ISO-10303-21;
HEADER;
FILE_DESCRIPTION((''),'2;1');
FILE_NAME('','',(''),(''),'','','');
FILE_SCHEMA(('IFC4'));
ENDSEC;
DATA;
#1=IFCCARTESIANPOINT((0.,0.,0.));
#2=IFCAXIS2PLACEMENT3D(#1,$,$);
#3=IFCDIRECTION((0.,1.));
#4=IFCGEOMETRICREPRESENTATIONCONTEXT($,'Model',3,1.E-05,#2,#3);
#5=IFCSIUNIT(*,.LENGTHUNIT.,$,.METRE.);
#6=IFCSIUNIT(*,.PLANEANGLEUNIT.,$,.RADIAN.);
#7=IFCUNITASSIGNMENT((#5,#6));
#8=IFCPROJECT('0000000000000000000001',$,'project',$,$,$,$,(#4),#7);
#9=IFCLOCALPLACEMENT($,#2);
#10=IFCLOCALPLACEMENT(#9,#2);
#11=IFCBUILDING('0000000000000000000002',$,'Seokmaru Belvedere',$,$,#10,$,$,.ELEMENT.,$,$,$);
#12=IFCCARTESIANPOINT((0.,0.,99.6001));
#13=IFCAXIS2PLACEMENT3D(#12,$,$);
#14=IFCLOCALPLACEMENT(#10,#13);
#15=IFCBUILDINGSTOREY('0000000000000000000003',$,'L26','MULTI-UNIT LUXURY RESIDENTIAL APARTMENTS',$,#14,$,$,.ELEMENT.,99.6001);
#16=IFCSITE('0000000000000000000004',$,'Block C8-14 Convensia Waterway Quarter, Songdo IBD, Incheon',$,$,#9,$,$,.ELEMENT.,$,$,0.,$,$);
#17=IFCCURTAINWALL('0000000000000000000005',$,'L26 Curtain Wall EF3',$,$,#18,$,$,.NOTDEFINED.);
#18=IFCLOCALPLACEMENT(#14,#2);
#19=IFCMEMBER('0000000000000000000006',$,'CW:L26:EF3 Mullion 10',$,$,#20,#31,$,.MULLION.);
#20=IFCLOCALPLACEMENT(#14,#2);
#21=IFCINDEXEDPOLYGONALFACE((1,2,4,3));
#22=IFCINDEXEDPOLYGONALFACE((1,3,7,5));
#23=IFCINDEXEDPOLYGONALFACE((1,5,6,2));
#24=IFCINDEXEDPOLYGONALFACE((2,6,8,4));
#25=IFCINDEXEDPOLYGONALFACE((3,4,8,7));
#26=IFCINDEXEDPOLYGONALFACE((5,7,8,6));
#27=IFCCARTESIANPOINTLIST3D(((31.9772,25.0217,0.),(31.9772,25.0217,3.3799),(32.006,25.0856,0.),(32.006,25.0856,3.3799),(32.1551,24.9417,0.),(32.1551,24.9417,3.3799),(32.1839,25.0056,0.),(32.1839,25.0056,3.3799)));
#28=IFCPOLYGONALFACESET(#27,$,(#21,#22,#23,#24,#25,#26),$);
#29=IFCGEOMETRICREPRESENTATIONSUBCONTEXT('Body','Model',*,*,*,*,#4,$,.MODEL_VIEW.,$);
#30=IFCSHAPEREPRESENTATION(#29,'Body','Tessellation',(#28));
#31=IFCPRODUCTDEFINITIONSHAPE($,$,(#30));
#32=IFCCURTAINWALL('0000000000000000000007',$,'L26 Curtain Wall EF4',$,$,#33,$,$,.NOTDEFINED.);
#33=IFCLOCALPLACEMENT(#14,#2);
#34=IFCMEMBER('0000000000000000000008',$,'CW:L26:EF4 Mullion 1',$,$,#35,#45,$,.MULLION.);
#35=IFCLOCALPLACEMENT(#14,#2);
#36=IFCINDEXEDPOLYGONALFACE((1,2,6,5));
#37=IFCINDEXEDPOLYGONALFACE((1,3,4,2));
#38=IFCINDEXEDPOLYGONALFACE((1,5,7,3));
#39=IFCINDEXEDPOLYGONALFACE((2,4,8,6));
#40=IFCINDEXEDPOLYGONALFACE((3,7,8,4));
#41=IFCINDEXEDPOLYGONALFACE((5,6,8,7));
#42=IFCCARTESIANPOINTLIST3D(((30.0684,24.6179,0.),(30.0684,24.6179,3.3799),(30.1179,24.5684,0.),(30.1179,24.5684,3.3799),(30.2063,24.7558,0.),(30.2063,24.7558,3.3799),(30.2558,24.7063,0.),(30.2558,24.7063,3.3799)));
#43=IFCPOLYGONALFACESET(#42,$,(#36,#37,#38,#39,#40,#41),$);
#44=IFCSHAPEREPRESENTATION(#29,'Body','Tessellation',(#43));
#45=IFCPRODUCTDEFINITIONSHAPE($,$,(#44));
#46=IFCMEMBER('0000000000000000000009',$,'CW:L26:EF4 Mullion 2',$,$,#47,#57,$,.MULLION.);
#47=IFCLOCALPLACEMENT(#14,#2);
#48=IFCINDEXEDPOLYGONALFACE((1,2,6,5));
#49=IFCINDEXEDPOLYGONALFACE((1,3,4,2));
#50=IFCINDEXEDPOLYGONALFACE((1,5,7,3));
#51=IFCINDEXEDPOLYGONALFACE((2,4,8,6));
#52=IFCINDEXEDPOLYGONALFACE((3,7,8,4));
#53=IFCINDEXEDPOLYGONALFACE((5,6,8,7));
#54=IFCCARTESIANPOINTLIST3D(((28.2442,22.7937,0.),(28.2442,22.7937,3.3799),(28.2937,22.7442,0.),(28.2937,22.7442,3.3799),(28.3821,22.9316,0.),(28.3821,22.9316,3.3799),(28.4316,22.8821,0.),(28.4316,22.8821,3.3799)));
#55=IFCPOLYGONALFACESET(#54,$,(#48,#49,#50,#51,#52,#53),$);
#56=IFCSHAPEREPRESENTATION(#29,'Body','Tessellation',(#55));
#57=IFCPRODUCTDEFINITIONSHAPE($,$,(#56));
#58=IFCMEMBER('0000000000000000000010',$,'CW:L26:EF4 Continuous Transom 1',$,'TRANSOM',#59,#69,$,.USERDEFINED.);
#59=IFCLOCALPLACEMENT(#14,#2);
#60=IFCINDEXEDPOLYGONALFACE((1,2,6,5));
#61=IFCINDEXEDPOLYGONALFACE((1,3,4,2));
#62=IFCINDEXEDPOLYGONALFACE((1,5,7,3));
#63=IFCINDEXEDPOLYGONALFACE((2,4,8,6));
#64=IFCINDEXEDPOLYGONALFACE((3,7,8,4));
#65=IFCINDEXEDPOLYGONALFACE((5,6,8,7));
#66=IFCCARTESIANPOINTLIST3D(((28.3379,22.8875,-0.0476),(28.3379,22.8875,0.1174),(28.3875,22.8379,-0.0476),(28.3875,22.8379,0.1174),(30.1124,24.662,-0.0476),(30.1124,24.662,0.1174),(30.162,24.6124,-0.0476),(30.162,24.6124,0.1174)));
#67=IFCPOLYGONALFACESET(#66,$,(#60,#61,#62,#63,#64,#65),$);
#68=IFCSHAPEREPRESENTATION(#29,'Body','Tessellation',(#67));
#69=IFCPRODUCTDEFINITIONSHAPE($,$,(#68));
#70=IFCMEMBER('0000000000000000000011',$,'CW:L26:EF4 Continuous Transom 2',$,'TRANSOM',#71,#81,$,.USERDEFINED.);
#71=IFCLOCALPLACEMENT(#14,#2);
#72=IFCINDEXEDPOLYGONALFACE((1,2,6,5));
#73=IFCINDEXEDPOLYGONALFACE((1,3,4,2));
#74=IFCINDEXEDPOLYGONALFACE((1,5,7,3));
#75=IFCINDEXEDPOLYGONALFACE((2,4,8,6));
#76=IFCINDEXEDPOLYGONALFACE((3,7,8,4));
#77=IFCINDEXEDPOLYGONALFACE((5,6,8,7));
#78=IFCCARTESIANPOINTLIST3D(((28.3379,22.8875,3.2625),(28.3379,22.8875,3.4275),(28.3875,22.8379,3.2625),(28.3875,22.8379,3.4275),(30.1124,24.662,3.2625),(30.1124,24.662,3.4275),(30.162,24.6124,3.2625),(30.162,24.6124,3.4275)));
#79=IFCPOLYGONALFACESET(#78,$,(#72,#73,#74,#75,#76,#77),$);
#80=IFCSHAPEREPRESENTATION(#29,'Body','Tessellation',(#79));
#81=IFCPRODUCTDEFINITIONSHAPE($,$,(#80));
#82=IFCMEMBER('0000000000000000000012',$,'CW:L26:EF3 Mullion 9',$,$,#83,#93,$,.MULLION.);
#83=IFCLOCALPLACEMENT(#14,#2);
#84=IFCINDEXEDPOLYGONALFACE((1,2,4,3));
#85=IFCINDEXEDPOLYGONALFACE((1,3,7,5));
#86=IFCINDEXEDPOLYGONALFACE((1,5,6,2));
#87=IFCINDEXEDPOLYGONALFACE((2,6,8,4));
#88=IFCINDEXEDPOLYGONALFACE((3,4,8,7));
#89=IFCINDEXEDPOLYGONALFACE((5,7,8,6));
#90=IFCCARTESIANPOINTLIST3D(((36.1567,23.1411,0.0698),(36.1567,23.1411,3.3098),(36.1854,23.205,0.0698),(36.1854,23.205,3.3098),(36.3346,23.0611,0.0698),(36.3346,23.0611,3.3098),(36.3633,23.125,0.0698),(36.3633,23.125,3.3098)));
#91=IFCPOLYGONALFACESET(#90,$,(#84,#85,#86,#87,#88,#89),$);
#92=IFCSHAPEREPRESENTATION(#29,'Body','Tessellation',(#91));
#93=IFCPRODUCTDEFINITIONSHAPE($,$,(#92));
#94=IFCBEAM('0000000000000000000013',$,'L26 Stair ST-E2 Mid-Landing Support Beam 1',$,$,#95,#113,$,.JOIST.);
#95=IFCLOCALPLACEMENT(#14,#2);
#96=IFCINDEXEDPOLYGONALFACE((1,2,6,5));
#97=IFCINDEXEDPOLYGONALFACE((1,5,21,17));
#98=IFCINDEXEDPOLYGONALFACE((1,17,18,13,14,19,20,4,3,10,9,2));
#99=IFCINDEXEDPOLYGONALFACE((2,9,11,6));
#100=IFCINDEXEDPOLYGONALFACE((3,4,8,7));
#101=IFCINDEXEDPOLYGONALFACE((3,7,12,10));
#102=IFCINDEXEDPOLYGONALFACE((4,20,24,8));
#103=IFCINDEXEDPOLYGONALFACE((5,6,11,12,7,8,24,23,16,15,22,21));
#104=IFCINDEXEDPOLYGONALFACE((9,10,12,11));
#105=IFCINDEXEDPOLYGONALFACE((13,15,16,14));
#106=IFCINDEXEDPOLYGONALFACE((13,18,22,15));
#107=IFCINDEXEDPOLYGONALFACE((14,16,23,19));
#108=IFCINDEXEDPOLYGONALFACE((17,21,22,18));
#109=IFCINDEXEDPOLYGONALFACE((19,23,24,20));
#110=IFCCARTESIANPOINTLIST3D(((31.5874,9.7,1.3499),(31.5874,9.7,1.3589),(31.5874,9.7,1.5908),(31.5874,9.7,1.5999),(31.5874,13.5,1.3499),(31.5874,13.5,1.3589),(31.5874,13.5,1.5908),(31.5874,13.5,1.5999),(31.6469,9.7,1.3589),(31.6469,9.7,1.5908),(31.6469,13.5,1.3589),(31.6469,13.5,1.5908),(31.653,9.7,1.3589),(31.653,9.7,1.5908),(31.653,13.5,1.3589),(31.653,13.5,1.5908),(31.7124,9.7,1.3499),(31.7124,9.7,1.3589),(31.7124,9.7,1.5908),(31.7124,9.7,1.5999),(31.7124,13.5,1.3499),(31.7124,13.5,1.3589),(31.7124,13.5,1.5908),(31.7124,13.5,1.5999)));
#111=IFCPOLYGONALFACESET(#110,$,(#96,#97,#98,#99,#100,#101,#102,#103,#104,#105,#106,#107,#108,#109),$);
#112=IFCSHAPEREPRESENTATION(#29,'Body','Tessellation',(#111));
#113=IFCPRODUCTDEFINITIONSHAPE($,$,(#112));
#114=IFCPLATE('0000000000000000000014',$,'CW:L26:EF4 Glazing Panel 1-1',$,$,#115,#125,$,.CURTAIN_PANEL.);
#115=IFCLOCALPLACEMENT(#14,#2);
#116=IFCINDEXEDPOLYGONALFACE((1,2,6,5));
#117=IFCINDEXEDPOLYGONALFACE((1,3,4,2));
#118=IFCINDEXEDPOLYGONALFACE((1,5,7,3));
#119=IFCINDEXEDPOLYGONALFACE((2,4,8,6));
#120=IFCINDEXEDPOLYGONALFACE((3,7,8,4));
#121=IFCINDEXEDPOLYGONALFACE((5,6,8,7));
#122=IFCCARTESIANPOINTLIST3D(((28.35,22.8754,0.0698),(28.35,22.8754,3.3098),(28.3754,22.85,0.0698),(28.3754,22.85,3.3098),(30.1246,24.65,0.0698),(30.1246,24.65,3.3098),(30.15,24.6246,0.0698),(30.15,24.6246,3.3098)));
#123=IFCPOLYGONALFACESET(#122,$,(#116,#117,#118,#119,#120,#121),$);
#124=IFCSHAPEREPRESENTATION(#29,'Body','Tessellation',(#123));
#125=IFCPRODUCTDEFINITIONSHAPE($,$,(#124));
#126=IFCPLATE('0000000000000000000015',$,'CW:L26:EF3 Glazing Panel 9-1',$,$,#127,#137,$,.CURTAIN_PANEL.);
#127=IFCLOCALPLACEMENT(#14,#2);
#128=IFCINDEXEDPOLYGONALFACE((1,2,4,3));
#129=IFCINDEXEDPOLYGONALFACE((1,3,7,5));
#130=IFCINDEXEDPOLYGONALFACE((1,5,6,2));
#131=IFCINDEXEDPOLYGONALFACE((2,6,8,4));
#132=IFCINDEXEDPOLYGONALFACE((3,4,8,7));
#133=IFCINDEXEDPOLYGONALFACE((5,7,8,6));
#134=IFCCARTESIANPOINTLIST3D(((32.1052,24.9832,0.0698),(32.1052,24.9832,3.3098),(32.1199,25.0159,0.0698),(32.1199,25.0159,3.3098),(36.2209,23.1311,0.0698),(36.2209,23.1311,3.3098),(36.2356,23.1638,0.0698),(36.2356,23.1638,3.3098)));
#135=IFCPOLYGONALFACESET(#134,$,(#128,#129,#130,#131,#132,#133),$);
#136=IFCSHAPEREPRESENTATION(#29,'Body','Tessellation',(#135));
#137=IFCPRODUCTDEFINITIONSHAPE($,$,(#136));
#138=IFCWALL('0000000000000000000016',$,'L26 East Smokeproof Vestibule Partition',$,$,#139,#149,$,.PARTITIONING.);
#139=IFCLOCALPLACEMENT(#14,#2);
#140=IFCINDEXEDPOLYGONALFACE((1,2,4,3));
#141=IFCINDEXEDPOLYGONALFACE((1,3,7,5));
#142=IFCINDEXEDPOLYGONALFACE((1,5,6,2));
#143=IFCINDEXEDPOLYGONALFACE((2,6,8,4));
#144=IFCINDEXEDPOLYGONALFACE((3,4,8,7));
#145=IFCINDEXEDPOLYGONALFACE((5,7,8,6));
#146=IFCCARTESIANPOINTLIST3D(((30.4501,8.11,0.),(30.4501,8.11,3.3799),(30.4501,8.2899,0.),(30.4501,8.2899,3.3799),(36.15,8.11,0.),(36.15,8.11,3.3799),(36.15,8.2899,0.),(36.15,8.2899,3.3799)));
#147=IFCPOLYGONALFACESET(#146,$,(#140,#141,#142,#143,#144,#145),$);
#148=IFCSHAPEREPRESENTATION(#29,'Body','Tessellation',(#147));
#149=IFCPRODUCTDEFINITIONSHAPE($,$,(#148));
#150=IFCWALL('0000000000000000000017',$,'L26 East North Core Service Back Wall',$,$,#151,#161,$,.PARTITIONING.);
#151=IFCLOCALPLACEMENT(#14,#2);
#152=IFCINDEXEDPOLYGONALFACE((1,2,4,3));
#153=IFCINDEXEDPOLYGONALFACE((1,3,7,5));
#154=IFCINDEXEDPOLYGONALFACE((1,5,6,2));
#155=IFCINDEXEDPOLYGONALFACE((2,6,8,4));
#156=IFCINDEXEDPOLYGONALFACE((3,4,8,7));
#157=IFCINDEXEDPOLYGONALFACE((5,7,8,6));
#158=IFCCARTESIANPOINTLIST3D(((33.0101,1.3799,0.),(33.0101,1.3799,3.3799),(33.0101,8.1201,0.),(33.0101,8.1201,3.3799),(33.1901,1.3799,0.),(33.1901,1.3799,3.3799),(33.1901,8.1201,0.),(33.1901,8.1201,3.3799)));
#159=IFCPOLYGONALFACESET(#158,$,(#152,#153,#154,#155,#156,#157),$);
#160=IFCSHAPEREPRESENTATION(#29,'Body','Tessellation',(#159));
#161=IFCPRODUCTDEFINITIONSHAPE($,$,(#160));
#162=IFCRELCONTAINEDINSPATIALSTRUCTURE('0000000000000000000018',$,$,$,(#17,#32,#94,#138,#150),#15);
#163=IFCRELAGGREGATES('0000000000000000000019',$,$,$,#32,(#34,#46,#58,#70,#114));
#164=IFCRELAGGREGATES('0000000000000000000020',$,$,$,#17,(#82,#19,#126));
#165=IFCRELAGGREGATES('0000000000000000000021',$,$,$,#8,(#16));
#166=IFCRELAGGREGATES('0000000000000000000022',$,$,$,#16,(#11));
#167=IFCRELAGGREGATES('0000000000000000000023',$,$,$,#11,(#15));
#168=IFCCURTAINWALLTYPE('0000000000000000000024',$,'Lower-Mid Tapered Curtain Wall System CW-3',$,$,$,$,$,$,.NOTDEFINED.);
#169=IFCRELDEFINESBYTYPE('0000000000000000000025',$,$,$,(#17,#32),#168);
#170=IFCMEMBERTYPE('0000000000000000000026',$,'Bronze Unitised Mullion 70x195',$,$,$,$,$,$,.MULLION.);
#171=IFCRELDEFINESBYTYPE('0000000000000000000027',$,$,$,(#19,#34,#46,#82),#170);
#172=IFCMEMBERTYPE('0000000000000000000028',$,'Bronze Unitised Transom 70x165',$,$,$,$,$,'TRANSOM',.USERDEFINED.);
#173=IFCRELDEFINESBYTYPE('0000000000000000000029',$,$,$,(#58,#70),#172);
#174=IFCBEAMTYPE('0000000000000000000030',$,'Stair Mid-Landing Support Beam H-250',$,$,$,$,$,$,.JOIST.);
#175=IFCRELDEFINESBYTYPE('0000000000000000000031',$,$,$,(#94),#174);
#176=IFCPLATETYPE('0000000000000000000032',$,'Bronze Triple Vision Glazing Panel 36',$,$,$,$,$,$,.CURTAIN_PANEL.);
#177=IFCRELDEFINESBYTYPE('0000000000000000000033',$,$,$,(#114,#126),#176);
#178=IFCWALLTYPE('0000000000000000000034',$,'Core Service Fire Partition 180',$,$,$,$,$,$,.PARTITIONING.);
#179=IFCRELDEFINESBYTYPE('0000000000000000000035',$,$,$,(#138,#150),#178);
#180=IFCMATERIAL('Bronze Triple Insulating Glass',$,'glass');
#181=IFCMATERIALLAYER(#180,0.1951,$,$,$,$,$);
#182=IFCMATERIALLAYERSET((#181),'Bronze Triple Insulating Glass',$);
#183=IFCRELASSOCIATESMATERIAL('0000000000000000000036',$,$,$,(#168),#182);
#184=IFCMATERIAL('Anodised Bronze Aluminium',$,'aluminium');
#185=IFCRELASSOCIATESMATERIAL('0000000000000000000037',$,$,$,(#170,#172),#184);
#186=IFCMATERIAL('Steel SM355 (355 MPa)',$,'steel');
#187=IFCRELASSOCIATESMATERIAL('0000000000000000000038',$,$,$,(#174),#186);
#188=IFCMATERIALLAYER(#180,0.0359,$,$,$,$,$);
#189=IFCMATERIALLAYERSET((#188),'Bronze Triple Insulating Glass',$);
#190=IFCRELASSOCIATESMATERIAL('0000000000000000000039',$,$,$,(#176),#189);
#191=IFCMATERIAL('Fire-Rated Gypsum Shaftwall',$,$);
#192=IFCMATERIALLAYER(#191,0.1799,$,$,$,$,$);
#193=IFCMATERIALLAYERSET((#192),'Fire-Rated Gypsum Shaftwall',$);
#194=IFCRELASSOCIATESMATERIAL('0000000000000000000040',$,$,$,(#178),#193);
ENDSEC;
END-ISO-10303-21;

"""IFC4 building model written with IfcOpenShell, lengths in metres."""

from ifc_helpers import new_model, si_unit, direction, frame, frame_2d, origin, origin_2d, place, context, subcontext, project, spatial, rectangle, i_section, extrude, source, transform, mapped, material, layer, layer_set, material_profile, profile_set, type_object, type_shapes, element, aggregate, save


model = new_model("IFC4")

# Units and contexts
model_context = context("Model", 3, precision=1e-05, world=origin(), true_north=direction((0.0, 1.0)))
body_context = subcontext(model_context, "Body", "Model", "MODEL_VIEW")
ifc_project = project(units=[si_unit("LENGTHUNIT", "METRE"), si_unit("PLANEANGLEUNIT", "RADIAN")], contexts=[model_context])

# Site, building, storey
site_placement = place(None, origin())
site = spatial("IfcSite", under=ifc_project, at=site_placement, Name="Block C8-14 Convensia Waterway Quarter, Songdo IBD, Incheon", CompositionType="ELEMENT", RefElevation=0.0)
building_placement = place(site_placement, origin())
building = spatial("IfcBuilding", under=site, at=building_placement, Name="Seokmaru Belvedere", CompositionType="ELEMENT")
storey_placement = place(building_placement, frame((0.0, 0.0, 99.6001)))
storey = spatial("IfcBuildingStorey", under=building, at=storey_placement, Name="L26", Description="MULTI-UNIT LUXURY RESIDENTIAL APARTMENTS", CompositionType="ELEMENT", Elevation=99.6001)

# Shared definitions
ifc_material_1 = material(Name="Steel SM355 (355 MPa)", Category="steel")

# Curtain wall, member
ifc_material_2 = material(Name="Bronze Triple Insulating Glass", Category="glass")
ifc_layer_1 = layer(ifc_material_2, 0.1951)
ifc_layer_set_1 = layer_set([ifc_layer_1], Name="Bronze Triple Insulating Glass")
curtain_wall_type = type_object("IfcCurtainWallType", Name="Lower-Mid Tapered Curtain Wall System CW-3", PredefinedType="NOTDEFINED", material=ifc_layer_set_1)
curtain_wall_1_placement = place(storey_placement, origin())
curtain_wall_1 = element("IfcCurtainWall", 1, at=curtain_wall_1_placement, inside=storey, type_object=curtain_wall_type, Name="L26 Curtain Wall EF3", PredefinedType="NOTDEFINED")
ifc_material_3 = material(Name="Anodised Bronze Aluminium", Category="aluminium")
ifc_material_profile_1 = material_profile(ifc_material_3, rectangle(XDim=0.0701, YDim=0.1951, at=origin_2d()), Name="CW-M-70x195")
ifc_profile_set_1 = profile_set([ifc_material_profile_1], Name="Anodised Bronze Aluminium")
member_type_1 = type_object("IfcMemberType", Name="Bronze Unitised Mullion 70x195", PredefinedType="MULLION", material=ifc_profile_set_1)
shared_shape_1 = source(origin(), body_context, "Body", "SweptSolid", [
    extrude(rectangle(XDim=0.0701, YDim=0.1951, at=origin_2d()), origin(), (0.0, 0.0, 1.0), 3.3799),
])
member_1_placement = place(storey_placement, frame((32.0806, 25.0137, 0.0), z_axis=(0.0, 0.0, 1.0), x_axis=(-0.410366, -0.911921, 0.0)))
member_1 = element("IfcMember", 2, at=member_1_placement, type_object=member_type_1, Name="CW:L26:EF3 Mullion 10", PredefinedType="MULLION", context=body_context, shape_type="MappedRepresentation", body=[
    mapped(shared_shape_1, transform((0.0, 0.0, 0.0), scale=1.0)),
])

# Curtain wall, members
curtain_wall_2_placement = place(storey_placement, origin())
curtain_wall_2 = element("IfcCurtainWall", 3, at=curtain_wall_2_placement, inside=storey, type_object=curtain_wall_type, Name="L26 Curtain Wall EF4", PredefinedType="NOTDEFINED")
member_2_placement = place(storey_placement, frame((30.1621, 24.6621, 0.0), z_axis=(0.0, 0.0, 1.0), x_axis=(0.707107, -0.707107, 0.0)))
member_2 = element("IfcMember", 4, at=member_2_placement, type_object=member_type_1, Name="CW:L26:EF4 Mullion 1", PredefinedType="MULLION", context=body_context, shape_type="MappedRepresentation", body=[
    mapped(shared_shape_1, transform((0.0, 0.0, 0.0), scale=1.0)),
])
member_3_placement = place(storey_placement, frame((28.3379, 22.8379, 0.0), z_axis=(0.0, 0.0, 1.0), x_axis=(0.707107, -0.707107, 0.0)))
member_3 = element("IfcMember", 5, at=member_3_placement, type_object=member_type_1, Name="CW:L26:EF4 Mullion 2", PredefinedType="MULLION", context=body_context, shape_type="MappedRepresentation", body=[
    mapped(shared_shape_1, transform((0.0, 0.0, 0.0), scale=1.0)),
])
ifc_material_profile_2 = material_profile(ifc_material_3, rectangle(XDim=0.0701, YDim=0.165, at=origin_2d()), Name="CW-T-70x165")
ifc_profile_set_2 = profile_set([ifc_material_profile_2], Name="Anodised Bronze Aluminium")
member_type_2 = type_object("IfcMemberType", Name="Bronze Unitised Transom 70x165", ElementType="TRANSOM", PredefinedType="USERDEFINED", material=ifc_profile_set_2)
shared_shape_2 = source(origin(), body_context, "Body", "SweptSolid", [
    extrude(rectangle(XDim=0.0701, YDim=0.165, at=origin_2d()), origin(), (0.0, 0.0, 1.0), 2.5095),
])
type_shapes(member_type_2, [shared_shape_2])
member_4_placement = place(storey_placement, frame((30.1372, 24.6372, 0.0349), z_axis=(-0.707107, -0.707107, 0.0), x_axis=(0.707107, -0.707107, 0.0)))
member_4 = element("IfcMember", 6, at=member_4_placement, type_object=member_type_2, Name="CW:L26:EF4 Continuous Transom 1", ObjectType="TRANSOM", PredefinedType="USERDEFINED", context=body_context, shape_type="MappedRepresentation", body=[
    mapped(shared_shape_2, transform((0.0, 0.0, 0.0), scale=1.0)),
])
member_5_placement = place(storey_placement, frame((30.1372, 24.6372, 3.345), z_axis=(-0.707107, -0.707107, 0.0), x_axis=(0.707107, -0.707107, 0.0)))
member_5 = element("IfcMember", 7, at=member_5_placement, type_object=member_type_2, Name="CW:L26:EF4 Continuous Transom 2", ObjectType="TRANSOM", PredefinedType="USERDEFINED", context=body_context, shape_type="MappedRepresentation", body=[
    mapped(shared_shape_2, transform((0.0, 0.0, 0.0), scale=1.0)),
])

# Member
shared_shape_3 = source(origin(), body_context, "Body", "SweptSolid", [
    extrude(rectangle(XDim=0.0701, YDim=0.1951, at=origin_2d()), origin(), (0.0, 0.0, 1.0), 3.24),
])
type_shapes(member_type_1, [shared_shape_1, shared_shape_3])
member_6_placement = place(storey_placement, frame((36.26, 23.1331, 0.0698), z_axis=(0.0, 0.0, 1.0), x_axis=(-0.410366, -0.911921, 0.0)))
member_6 = element("IfcMember", 8, at=member_6_placement, type_object=member_type_1, Name="CW:L26:EF3 Mullion 9", PredefinedType="MULLION", context=body_context, shape_type="MappedRepresentation", body=[
    mapped(shared_shape_3, transform((0.0, 0.0, 0.0), scale=1.0)),
])

# Beam
ifc_material_profile_3 = material_profile(ifc_material_1, i_section(OverallWidth=0.125, OverallDepth=0.25, WebThickness=0.0061, FlangeThickness=0.009, at=origin_2d()), Name="H-250x125x6x9")
ifc_profile_set_3 = profile_set([ifc_material_profile_3], Name="Steel SM355 (355 MPa)")
beam_type_1 = type_object("IfcBeamType", Name="Stair Mid-Landing Support Beam H-250", PredefinedType="JOIST", material=ifc_profile_set_3)
shared_shape_4 = source(origin(), body_context, "Body", "SweptSolid", [
    extrude(i_section(OverallWidth=0.125, OverallDepth=0.25, WebThickness=0.0061, FlangeThickness=0.009, at=origin_2d()), origin(), (0.0, 0.0, 1.0), 3.8),
])
type_shapes(beam_type_1, [shared_shape_4])
beam_1_placement = place(storey_placement, frame((31.6499, 9.7, 1.4749), z_axis=(0.0, 1.0, 0.0), x_axis=(-1.0, 0.0, 0.0)))
element("IfcBeam", 9, at=beam_1_placement, inside=storey, type_object=beam_type_1, Name="L26 Stair ST-E2 Mid-Landing Support Beam 1", PredefinedType="JOIST", context=body_context, shape_type="MappedRepresentation", body=[
    mapped(shared_shape_4, transform((0.0, 0.0, 0.0), scale=1.0)),
])

# Plates
ifc_layer_2 = layer(ifc_material_2, 0.0359)
ifc_layer_set_2 = layer_set([ifc_layer_2], Name="Bronze Triple Insulating Glass")
plate_type = type_object("IfcPlateType", Name="Bronze Triple Vision Glazing Panel 36", PredefinedType="CURTAIN_PANEL", material=ifc_layer_set_2)
shared_shape_5 = source(origin(), body_context, "Body", "SweptSolid", [
    extrude(rectangle(XDim=2.5098, YDim=0.0359, at=origin_2d()), origin(), (0.0, 0.0, 1.0), 3.24),
])
plate_1_placement = place(storey_placement, frame((29.25, 23.75, 0.0698), z_axis=(0.0, 0.0, 1.0), x_axis=(-0.707107, -0.707107, 0.0)))
plate_1 = element("IfcPlate", 10, at=plate_1_placement, type_object=plate_type, Name="CW:L26:EF4 Glazing Panel 1-1", PredefinedType="CURTAIN_PANEL", context=body_context, shape_type="MappedRepresentation", body=[
    mapped(shared_shape_5, transform((0.0, 0.0, 0.0), scale=1.0)),
])
aggregate(curtain_wall_2, [member_2, member_3, member_4, member_5, plate_1])
shared_shape_6 = source(origin(), body_context, "Body", "SweptSolid", [
    extrude(rectangle(XDim=4.5132, YDim=0.0359, at=origin_2d()), origin(), (0.0, 0.0, 1.0), 3.24),
])
type_shapes(plate_type, [shared_shape_5, shared_shape_6])
plate_2_placement = place(storey_placement, frame((34.1704, 24.0735, 0.0698), z_axis=(0.0, 0.0, 1.0), x_axis=(-0.911921, 0.410366, 0.0)))
plate_2 = element("IfcPlate", 11, at=plate_2_placement, type_object=plate_type, Name="CW:L26:EF3 Glazing Panel 9-1", PredefinedType="CURTAIN_PANEL", context=body_context, shape_type="MappedRepresentation", body=[
    mapped(shared_shape_6, transform((0.0, 0.0, 0.0), scale=1.0)),
])
aggregate(curtain_wall_1, [member_6, member_1, plate_2])

# Walls
ifc_material_4 = material(Name="Fire-Rated Gypsum Shaftwall")
ifc_layer_3 = layer(ifc_material_4, 0.1799)
ifc_layer_set_3 = layer_set([ifc_layer_3], Name="Fire-Rated Gypsum Shaftwall")
wall_type_1 = type_object("IfcWallType", Name="Core Service Fire Partition 180", PredefinedType="PARTITIONING", material=ifc_layer_set_3)
wall_1_placement = place(storey_placement, frame((30.45, 8.2, 0.0), z_axis=(0.0, 0.0, 1.0), x_axis=(1.0, 0.0, 0.0)))
element("IfcWall", 12, at=wall_1_placement, inside=storey, type_object=wall_type_1, Name="L26 East Smokeproof Vestibule Partition", PredefinedType="PARTITIONING", context=body_context, shape_type="SweptSolid", body=[
    extrude(rectangle(XDim=5.7, YDim=0.1799, at=frame_2d((2.8501, 0.0))), origin(), (0.0, 0.0, 1.0), 3.3799),
])
wall_2_placement = place(storey_placement, frame((33.1001, 1.3799, 0.0), z_axis=(0.0, 0.0, 1.0), x_axis=(0.0, 1.0, 0.0)))
element("IfcWall", 13, at=wall_2_placement, inside=storey, type_object=wall_type_1, Name="L26 East North Core Service Back Wall", PredefinedType="PARTITIONING", context=body_context, shape_type="SweptSolid", body=[
    extrude(rectangle(XDim=6.7402, YDim=0.1799, at=frame_2d((3.3701, 0.0))), origin(), (0.0, 0.0, 1.0), 3.3799),
])

save(model, "model.ifc")
